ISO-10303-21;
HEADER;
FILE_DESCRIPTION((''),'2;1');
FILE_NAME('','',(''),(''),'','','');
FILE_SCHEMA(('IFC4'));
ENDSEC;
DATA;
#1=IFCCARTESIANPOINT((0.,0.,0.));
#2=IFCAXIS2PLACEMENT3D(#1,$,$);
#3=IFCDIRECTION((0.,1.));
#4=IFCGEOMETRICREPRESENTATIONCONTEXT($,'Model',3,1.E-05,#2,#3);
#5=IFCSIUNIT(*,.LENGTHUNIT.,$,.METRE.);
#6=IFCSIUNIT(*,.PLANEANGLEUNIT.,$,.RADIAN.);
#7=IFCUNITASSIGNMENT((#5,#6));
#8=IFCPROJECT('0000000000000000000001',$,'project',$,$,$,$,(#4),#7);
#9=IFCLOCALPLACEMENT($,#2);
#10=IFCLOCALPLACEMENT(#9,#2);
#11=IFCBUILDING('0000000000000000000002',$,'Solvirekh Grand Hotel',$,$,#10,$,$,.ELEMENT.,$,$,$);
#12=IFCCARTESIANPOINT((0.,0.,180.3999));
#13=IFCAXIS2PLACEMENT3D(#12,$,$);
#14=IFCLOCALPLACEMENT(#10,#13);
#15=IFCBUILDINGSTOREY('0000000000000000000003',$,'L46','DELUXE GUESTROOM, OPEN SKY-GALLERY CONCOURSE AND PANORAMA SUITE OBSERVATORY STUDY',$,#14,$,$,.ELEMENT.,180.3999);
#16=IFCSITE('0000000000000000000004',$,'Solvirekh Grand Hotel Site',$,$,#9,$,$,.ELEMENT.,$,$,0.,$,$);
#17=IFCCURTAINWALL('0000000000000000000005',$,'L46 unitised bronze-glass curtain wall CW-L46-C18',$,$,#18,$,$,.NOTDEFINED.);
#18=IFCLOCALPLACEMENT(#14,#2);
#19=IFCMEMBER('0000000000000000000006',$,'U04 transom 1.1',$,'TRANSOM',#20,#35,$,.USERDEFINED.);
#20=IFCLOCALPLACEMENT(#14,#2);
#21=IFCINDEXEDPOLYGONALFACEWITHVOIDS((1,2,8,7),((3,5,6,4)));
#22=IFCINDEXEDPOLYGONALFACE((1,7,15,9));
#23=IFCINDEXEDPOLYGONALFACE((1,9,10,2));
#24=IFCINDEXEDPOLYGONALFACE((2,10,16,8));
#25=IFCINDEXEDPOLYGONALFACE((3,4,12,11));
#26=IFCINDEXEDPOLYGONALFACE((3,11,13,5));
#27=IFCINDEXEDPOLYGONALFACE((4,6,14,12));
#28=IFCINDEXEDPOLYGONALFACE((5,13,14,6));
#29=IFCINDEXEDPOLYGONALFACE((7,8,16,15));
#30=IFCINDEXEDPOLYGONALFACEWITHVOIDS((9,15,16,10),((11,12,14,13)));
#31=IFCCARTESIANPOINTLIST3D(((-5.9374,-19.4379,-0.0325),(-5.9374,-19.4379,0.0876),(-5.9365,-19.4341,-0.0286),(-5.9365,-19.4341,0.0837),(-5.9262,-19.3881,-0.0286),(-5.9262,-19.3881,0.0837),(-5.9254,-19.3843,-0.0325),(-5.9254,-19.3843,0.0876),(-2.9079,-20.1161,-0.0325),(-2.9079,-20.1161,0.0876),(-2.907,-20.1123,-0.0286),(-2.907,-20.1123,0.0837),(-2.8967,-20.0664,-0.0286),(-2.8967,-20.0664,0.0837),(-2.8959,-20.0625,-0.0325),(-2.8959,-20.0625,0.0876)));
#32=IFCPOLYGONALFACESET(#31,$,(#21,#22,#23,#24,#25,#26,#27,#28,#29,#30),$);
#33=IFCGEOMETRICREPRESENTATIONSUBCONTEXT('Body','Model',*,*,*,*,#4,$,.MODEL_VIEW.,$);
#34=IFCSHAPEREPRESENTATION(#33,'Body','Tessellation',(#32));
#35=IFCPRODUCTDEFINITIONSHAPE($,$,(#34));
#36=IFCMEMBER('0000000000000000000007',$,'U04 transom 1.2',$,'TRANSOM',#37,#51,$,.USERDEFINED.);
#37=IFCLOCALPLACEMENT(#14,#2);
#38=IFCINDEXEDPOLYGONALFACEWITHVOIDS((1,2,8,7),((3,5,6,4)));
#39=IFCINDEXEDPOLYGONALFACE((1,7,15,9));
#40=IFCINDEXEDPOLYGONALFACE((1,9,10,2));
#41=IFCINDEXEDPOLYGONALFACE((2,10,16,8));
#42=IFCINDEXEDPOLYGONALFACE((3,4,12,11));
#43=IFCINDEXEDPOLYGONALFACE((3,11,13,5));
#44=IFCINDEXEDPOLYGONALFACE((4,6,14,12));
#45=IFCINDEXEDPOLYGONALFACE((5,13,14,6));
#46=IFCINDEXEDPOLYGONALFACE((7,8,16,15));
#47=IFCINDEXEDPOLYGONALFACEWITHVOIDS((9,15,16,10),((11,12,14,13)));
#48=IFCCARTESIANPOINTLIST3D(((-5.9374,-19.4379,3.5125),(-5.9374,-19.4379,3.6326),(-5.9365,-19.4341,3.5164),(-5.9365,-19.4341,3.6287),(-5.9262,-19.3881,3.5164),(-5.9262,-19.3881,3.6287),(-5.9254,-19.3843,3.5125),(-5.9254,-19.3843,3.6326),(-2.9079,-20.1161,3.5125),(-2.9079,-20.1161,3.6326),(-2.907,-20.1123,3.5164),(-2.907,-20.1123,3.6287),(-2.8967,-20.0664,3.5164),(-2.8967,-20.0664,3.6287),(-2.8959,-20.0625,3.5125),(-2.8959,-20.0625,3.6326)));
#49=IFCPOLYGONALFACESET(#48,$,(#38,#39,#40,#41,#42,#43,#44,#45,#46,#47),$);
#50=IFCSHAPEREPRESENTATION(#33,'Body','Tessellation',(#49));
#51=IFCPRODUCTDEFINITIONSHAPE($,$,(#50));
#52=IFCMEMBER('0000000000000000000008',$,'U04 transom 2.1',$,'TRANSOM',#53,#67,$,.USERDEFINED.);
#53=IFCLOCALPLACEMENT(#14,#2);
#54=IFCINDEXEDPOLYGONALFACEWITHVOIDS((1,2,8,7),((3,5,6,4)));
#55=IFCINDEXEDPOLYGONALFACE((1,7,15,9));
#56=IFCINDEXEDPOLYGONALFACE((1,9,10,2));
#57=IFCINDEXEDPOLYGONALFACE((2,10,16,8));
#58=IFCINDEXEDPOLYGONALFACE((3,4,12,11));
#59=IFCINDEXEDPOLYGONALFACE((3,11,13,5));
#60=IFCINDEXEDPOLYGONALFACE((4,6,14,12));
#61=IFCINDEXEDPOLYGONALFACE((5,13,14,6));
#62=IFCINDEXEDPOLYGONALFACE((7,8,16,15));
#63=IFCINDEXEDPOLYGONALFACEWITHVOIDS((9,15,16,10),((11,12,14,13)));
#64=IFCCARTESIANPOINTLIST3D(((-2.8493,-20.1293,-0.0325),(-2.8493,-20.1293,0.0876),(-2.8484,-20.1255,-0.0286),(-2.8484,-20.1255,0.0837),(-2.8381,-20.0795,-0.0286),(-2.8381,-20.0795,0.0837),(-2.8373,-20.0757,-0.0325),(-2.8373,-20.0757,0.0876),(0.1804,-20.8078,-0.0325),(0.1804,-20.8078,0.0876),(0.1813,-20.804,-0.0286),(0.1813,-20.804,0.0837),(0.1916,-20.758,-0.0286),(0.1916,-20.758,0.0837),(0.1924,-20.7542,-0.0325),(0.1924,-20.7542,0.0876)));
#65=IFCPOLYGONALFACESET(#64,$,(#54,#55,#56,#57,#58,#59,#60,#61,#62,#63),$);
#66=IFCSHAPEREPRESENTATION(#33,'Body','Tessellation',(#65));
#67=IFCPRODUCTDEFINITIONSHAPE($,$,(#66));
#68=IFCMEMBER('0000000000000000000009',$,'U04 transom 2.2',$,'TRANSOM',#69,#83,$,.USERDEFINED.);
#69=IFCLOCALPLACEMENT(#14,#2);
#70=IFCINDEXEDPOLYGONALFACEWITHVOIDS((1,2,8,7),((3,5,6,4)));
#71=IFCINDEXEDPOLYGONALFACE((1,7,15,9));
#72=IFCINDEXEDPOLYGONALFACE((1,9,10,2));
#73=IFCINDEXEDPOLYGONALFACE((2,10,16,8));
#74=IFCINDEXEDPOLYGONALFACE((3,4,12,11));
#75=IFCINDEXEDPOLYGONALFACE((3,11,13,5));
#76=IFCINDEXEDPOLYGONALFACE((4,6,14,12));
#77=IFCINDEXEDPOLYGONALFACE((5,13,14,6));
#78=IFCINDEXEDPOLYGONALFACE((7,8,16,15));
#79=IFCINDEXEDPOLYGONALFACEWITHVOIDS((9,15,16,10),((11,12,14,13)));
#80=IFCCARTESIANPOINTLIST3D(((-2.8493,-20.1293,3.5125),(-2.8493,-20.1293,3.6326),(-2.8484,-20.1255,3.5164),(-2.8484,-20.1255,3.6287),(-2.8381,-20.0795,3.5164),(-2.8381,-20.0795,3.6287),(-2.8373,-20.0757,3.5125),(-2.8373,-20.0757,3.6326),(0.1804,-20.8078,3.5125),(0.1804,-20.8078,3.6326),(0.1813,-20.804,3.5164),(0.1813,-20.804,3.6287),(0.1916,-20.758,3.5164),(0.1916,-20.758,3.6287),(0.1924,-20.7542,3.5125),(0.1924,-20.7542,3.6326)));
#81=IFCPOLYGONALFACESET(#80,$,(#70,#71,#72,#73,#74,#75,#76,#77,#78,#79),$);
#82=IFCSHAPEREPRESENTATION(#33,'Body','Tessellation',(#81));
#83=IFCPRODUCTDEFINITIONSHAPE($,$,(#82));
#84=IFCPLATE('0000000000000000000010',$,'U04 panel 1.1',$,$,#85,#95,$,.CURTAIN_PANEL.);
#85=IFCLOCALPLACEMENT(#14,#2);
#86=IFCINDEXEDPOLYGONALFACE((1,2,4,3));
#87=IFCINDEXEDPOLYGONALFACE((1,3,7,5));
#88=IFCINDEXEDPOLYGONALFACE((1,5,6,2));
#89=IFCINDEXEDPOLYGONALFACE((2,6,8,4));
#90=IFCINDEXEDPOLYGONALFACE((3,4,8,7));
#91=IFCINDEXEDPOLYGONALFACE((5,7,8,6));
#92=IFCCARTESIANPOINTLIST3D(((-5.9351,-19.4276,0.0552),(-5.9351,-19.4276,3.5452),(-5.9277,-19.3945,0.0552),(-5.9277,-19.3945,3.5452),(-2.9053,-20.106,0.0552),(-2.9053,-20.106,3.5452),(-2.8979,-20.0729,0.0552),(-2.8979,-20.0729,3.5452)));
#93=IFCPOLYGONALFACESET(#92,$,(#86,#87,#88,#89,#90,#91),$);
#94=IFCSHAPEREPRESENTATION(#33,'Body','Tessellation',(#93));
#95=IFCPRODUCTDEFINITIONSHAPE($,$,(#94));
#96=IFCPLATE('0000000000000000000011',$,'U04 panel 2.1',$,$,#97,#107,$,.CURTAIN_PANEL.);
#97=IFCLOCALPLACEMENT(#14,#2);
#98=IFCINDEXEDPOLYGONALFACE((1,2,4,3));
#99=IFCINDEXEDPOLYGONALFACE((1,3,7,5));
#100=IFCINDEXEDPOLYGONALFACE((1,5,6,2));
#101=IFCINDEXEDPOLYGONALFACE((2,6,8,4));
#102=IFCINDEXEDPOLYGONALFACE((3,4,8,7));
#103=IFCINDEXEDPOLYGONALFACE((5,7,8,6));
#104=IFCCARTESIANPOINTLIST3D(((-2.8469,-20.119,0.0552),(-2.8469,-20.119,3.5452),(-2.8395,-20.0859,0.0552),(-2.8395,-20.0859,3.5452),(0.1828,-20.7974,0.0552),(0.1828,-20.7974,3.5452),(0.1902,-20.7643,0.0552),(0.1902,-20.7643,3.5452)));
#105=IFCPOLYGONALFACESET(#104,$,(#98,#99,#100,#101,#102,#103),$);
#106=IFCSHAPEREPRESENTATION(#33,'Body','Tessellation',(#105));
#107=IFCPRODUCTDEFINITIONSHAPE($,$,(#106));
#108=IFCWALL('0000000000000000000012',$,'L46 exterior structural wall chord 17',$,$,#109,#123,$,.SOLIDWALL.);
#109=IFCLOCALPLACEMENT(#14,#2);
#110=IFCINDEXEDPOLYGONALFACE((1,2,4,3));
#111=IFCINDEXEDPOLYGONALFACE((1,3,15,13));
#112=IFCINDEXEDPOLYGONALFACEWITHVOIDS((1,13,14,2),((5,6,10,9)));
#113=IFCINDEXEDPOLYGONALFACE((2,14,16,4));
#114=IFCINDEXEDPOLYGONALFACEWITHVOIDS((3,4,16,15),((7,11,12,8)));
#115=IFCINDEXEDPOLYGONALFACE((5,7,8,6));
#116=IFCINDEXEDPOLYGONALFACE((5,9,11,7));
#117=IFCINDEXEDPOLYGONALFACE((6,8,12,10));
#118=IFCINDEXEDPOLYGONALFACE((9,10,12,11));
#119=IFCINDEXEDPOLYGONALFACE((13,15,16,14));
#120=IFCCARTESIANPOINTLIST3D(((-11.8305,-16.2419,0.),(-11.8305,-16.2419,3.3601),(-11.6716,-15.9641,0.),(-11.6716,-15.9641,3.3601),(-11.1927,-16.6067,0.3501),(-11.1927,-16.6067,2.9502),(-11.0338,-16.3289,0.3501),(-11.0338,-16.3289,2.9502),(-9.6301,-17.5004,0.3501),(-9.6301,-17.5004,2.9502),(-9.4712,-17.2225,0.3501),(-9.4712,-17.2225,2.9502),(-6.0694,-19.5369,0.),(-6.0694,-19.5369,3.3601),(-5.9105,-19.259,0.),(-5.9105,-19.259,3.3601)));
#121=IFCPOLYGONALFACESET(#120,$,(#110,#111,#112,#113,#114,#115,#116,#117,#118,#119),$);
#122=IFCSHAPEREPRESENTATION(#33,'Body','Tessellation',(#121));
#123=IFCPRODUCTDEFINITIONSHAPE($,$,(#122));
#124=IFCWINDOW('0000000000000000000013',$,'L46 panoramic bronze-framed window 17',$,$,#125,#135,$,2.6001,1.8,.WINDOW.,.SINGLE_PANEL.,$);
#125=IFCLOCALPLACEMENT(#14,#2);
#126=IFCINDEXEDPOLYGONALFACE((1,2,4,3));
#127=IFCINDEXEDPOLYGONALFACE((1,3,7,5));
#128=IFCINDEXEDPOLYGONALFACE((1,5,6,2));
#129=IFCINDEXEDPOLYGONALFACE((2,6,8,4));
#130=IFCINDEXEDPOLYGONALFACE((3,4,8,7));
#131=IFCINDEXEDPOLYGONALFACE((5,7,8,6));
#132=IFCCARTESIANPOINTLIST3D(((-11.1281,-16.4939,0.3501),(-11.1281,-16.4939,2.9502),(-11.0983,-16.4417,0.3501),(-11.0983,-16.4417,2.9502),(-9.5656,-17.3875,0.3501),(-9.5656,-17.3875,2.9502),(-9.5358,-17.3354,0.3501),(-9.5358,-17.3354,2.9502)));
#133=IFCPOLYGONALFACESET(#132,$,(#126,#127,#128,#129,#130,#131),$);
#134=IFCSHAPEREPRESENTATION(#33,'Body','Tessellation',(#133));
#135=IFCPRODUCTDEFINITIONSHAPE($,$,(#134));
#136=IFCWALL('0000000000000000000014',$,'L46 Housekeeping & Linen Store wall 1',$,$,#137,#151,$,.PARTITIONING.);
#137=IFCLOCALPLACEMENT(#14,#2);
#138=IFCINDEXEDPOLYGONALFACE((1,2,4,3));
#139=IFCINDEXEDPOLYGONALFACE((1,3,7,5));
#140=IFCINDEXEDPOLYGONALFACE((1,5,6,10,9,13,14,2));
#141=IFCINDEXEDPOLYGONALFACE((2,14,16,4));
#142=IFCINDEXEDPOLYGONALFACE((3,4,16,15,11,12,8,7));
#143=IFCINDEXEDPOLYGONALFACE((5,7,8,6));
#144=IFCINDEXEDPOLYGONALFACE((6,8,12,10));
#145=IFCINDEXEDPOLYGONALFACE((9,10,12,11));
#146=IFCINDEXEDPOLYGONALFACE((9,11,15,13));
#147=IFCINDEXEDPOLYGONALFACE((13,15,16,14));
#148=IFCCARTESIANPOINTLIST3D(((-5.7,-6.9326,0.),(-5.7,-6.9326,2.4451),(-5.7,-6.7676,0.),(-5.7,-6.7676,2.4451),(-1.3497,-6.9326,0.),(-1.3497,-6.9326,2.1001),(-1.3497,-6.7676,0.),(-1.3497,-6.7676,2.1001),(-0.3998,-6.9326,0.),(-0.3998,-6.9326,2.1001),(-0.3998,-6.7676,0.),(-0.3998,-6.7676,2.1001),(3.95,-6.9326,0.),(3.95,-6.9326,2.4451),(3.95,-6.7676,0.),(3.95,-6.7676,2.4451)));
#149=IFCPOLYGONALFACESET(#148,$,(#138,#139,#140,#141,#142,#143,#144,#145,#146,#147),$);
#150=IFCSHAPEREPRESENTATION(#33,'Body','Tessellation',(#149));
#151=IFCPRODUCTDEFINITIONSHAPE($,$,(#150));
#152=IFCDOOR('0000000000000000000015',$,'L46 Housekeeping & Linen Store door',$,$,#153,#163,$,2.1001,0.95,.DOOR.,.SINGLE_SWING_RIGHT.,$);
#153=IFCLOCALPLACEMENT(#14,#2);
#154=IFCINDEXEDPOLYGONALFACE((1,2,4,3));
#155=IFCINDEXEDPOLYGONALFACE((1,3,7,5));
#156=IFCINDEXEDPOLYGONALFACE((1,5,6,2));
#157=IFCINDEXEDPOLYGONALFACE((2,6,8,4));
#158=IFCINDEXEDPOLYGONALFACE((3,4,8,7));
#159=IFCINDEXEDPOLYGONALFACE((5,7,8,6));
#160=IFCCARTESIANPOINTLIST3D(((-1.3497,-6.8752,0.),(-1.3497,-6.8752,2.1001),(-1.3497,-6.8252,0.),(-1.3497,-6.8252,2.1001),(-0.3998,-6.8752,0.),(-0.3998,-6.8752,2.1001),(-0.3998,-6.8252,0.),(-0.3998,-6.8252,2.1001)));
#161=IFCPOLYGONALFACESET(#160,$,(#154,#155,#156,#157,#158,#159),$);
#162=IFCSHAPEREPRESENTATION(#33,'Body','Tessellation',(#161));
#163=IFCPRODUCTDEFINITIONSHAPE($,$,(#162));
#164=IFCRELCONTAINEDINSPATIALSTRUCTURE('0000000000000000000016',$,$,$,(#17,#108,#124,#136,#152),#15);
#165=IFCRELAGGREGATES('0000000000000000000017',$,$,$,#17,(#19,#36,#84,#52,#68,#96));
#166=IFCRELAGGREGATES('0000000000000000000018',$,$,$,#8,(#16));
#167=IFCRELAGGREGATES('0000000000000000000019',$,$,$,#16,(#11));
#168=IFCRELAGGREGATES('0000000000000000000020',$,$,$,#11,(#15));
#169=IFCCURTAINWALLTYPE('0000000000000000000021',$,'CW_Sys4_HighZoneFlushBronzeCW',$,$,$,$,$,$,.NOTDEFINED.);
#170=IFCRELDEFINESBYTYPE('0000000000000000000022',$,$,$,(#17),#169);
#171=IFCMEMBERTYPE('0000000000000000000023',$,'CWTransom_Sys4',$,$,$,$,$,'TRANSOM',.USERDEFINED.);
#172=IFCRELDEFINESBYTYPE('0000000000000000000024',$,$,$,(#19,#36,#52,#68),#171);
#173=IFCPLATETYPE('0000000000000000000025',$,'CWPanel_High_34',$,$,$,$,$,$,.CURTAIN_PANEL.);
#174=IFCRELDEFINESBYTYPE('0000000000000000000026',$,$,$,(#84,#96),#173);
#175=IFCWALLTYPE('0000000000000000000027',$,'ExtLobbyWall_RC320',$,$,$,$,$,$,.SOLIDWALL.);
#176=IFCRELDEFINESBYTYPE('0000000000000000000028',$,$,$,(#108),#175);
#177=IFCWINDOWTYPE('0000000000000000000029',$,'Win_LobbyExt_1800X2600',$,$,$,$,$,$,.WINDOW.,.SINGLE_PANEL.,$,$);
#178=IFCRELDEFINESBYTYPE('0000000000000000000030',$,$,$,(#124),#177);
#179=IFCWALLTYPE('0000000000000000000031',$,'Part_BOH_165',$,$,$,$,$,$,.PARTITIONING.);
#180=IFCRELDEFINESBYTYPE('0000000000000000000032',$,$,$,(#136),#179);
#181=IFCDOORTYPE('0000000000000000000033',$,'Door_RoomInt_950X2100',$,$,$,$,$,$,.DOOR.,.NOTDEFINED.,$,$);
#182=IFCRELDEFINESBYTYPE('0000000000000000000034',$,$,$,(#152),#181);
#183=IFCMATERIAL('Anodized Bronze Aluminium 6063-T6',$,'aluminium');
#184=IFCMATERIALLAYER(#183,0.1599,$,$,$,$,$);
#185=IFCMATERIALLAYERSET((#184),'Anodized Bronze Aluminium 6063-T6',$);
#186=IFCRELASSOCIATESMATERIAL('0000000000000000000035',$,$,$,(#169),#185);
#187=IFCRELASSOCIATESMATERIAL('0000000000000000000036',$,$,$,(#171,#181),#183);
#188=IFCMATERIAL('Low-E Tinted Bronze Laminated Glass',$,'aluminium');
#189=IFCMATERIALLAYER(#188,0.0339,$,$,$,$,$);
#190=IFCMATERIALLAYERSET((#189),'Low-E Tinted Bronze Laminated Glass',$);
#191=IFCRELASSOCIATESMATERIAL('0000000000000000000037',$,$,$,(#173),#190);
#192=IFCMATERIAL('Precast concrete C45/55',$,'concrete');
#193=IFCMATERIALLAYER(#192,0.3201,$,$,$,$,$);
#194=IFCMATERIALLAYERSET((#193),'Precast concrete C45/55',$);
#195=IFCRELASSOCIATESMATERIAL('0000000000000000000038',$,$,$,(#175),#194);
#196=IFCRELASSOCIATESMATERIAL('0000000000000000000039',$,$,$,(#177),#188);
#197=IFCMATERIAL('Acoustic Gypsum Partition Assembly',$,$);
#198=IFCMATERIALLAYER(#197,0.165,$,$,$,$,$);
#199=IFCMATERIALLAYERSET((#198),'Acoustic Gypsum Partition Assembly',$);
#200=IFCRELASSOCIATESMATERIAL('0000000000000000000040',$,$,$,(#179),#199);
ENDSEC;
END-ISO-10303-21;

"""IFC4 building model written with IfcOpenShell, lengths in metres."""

from ifc_helpers import new_model, si_unit, direction, frame, frame_2d, origin, origin_2d, place, context, subcontext, project, spatial, rectangle, hollow_rectangle, extrude, source, transform, mapped, material, layer, layer_set, material_profile, profile_set, type_object, element, fill, aggregate, save


model = new_model("IFC4")

# Units and contexts
model_context = context("Model", 3, precision=1e-05, world=origin(), true_north=direction((0.0, 1.0)))
body_context = subcontext(model_context, "Body", "Model", "MODEL_VIEW")
ifc_project = project(units=[si_unit("LENGTHUNIT", "METRE"), si_unit("PLANEANGLEUNIT", "RADIAN")], contexts=[model_context])

# Site, building, storey
site_placement = place(None, origin())
site = spatial("IfcSite", under=ifc_project, at=site_placement, Name="Solvirekh Grand Hotel Site", CompositionType="ELEMENT", RefElevation=0.0)
building_placement = place(site_placement, origin())
building = spatial("IfcBuilding", under=site, at=building_placement, Name="Solvirekh Grand Hotel", CompositionType="ELEMENT")
storey_placement = place(building_placement, frame((0.0, 0.0, 180.3999)))
storey = spatial("IfcBuildingStorey", under=building, at=storey_placement, Name="L46", Description="DELUXE GUESTROOM, OPEN SKY-GALLERY CONCOURSE AND PANORAMA SUITE OBSERVATORY STUDY", CompositionType="ELEMENT", Elevation=180.3999)

# Curtain wall, members, plates
ifc_material_1 = material(Name="Anodized Bronze Aluminium 6063-T6", Category="aluminium")
ifc_layer_1 = layer(ifc_material_1, 0.1599)
ifc_layer_set_1 = layer_set([ifc_layer_1], Name="Anodized Bronze Aluminium 6063-T6")
curtain_wall_type = type_object("IfcCurtainWallType", Name="CW_Sys4_HighZoneFlushBronzeCW", PredefinedType="NOTDEFINED", material=ifc_layer_set_1)
curtain_wall_placement = place(storey_placement, origin())
curtain_wall = element("IfcCurtainWall", 1, at=curtain_wall_placement, inside=storey, type_object=curtain_wall_type, Name="L46 unitised bronze-glass curtain wall CW-L46-C18", PredefinedType="NOTDEFINED")
ifc_material_profile_1 = material_profile(ifc_material_1, hollow_rectangle(XDim=0.0549, YDim=0.1201, WallThickness=0.0039, at=origin_2d()), Name="ALU RHS 120X55X4")
ifc_profile_set_1 = profile_set([ifc_material_profile_1], Name="Anodized Bronze Aluminium 6063-T6")
member_type_1 = type_object("IfcMemberType", Name="CWTransom_Sys4", ElementType="TRANSOM", PredefinedType="USERDEFINED", material=ifc_profile_set_1)
shared_shape_1 = source(origin(), body_context, "Body", "SweptSolid", [
    extrude(hollow_rectangle(XDim=0.0549, YDim=0.1201, WallThickness=0.0039, at=origin_2d()), origin(), (0.0, 0.0, 1.0), 3.1045),
])
member_1_placement = place(storey_placement, frame((-5.9314, -19.4111, 0.0276), z_axis=(0.975845, -0.218462, 0.0), x_axis=(0.218462, 0.975845, 0.0)))
member_1 = element("IfcMember", 2, at=member_1_placement, type_object=member_type_1, Name="U04 transom 1.1", ObjectType="TRANSOM", PredefinedType="USERDEFINED", context=body_context, shape_type="MappedRepresentation", body=[
    mapped(shared_shape_1, transform((0.0, 0.0, 0.0), x_axis=(1.0, 0.0, 0.0), y_axis=(0.0, 1.0, 0.0), z_axis=(0.0, 0.0, 1.0), scale=1.0)),
])
member_2_placement = place(storey_placement, frame((-5.9314, -19.4111, 3.5725), z_axis=(0.975845, -0.218462, 0.0), x_axis=(0.218462, 0.975845, 0.0)))
member_2 = element("IfcMember", 3, at=member_2_placement, type_object=member_type_1, Name="U04 transom 1.2", ObjectType="TRANSOM", PredefinedType="USERDEFINED", context=body_context, shape_type="MappedRepresentation", body=[
    mapped(shared_shape_1, transform((0.0, 0.0, 0.0), x_axis=(1.0, 0.0, 0.0), y_axis=(0.0, 1.0, 0.0), z_axis=(0.0, 0.0, 1.0), scale=1.0)),
])
shared_shape_2 = source(origin(), body_context, "Body", "SweptSolid", [
    extrude(hollow_rectangle(XDim=0.0549, YDim=0.1201, WallThickness=0.0039, at=origin_2d()), origin(), (0.0, 0.0, 1.0), 3.1047),
])
member_3_placement = place(storey_placement, frame((-2.8433, -20.1025, 0.0276), z_axis=(0.975832, -0.21852, 0.0), x_axis=(0.21852, 0.975832, 0.0)))
member_3 = element("IfcMember", 4, at=member_3_placement, type_object=member_type_1, Name="U04 transom 2.1", ObjectType="TRANSOM", PredefinedType="USERDEFINED", context=body_context, shape_type="MappedRepresentation", body=[
    mapped(shared_shape_2, transform((0.0, 0.0, 0.0), x_axis=(1.0, 0.0, 0.0), y_axis=(0.0, 1.0, 0.0), z_axis=(0.0, 0.0, 1.0), scale=1.0)),
])
member_4_placement = place(storey_placement, frame((-2.8433, -20.1025, 3.5725), z_axis=(0.975832, -0.21852, 0.0), x_axis=(0.21852, 0.975832, 0.0)))
member_4 = element("IfcMember", 5, at=member_4_placement, type_object=member_type_1, Name="U04 transom 2.2", ObjectType="TRANSOM", PredefinedType="USERDEFINED", context=body_context, shape_type="MappedRepresentation", body=[
    mapped(shared_shape_2, transform((0.0, 0.0, 0.0), x_axis=(1.0, 0.0, 0.0), y_axis=(0.0, 1.0, 0.0), z_axis=(0.0, 0.0, 1.0), scale=1.0)),
])
ifc_material_2 = material(Name="Low-E Tinted Bronze Laminated Glass", Category="aluminium")
ifc_layer_2 = layer(ifc_material_2, 0.0339)
ifc_layer_set_2 = layer_set([ifc_layer_2], Name="Low-E Tinted Bronze Laminated Glass")
plate_type = type_object("IfcPlateType", Name="CWPanel_High_34", PredefinedType="CURTAIN_PANEL", material=ifc_layer_set_2)
shared_shape_3 = source(origin(), body_context, "Body", "SweptSolid", [
    extrude(rectangle(XDim=3.1047, YDim=0.0339, at=origin_2d()), origin(), (0.0, 0.0, 1.0), 3.49),
])
plate_1_placement = place(storey_placement, frame((-4.4165, -19.7502, 0.0552), z_axis=(0.0, 0.0, 1.0), x_axis=(0.97584, -0.218488, 0.0)))
plate_1 = element("IfcPlate", 6, at=plate_1_placement, type_object=plate_type, Name="U04 panel 1.1", PredefinedType="CURTAIN_PANEL", context=body_context, shape_type="MappedRepresentation", body=[
    mapped(shared_shape_3, transform((0.0, 0.0, 0.0), x_axis=(1.0, 0.0, 0.0), y_axis=(0.0, 1.0, 0.0), z_axis=(0.0, 0.0, 1.0), scale=1.0)),
])
plate_2_placement = place(storey_placement, frame((-1.3284, -20.4417, 0.0552), z_axis=(0.0, 0.0, 1.0), x_axis=(0.97584, -0.218488, 0.0)))
plate_2 = element("IfcPlate", 7, at=plate_2_placement, type_object=plate_type, Name="U04 panel 2.1", PredefinedType="CURTAIN_PANEL", context=body_context, shape_type="MappedRepresentation", body=[
    mapped(shared_shape_3, transform((0.0, 0.0, 0.0), x_axis=(1.0, 0.0, 0.0), y_axis=(0.0, 1.0, 0.0), z_axis=(0.0, 0.0, 1.0), scale=1.0)),
])
aggregate(curtain_wall, [member_1, member_2, plate_1, member_3, member_4, plate_2])

# Wall, opening, window
ifc_material_3 = material(Name="Precast concrete C45/55", Category="concrete")
ifc_layer_3 = layer(ifc_material_3, 0.3201)
ifc_layer_set_3 = layer_set([ifc_layer_3], Name="Precast concrete C45/55")
wall_type_1 = type_object("IfcWallType", Name="ExtLobbyWall_RC320", PredefinedType="SOLIDWALL", material=ifc_layer_set_3)
wall_1_placement = place(storey_placement, frame((-5.99, -19.3979, 0.0), z_axis=(0.0, 0.0, 1.0), x_axis=(-0.868053, 0.496472, 0.0)))
wall_1 = element("IfcWall", 8, at=wall_1_placement, inside=storey, type_object=wall_type_1, Name="L46 exterior structural wall chord 17", PredefinedType="SOLIDWALL", context=body_context, shape_type="SweptSolid", body=[
    extrude(rectangle(XDim=6.6367, YDim=0.3201, at=frame_2d((3.3184, 0.0))), origin(), (0.0, 0.0, 1.0), 3.3601),
])
opening_1_placement = place(wall_1_placement, frame((4.1021, 0.0, 0.3501)))
opening_1 = element("IfcOpeningElement", 9, at=opening_1_placement, cuts=wall_1, PredefinedType="OPENING", context=body_context, shape_type="SweptSolid", body=[
    extrude(rectangle(XDim=1.8, YDim=2.6001, at=frame_2d((0.8999, 1.3))), frame((0.0, 0.1699, 0.0), z_axis=(0.0, -1.0, 0.0), x_axis=(1.0, 0.0, 0.0)), (0.0, 0.0, 1.0), 0.3401),
])
window_type = type_object("IfcWindowType", Name="Win_LobbyExt_1800X2600", PartitioningType="SINGLE_PANEL", PredefinedType="WINDOW", material=ifc_material_2)
window_placement = place(opening_1_placement, origin())
window = element("IfcWindow", 10, at=window_placement, inside=storey, type_object=window_type, Name="L46 panoramic bronze-framed window 17", OverallHeight=2.6001, OverallWidth=1.8, PartitioningType="SINGLE_PANEL", PredefinedType="WINDOW", context=body_context, shape_type="SweptSolid", body=[
    extrude(rectangle(XDim=1.8, YDim=2.6001, at=frame_2d((0.8999, 1.3))), frame((0.0, 0.03, 0.0), z_axis=(0.0, -1.0, 0.0), x_axis=(1.0, 0.0, 0.0)), (0.0, 0.0, 1.0), 0.0601),
])
fill(opening_1, window)

# Wall, opening, door
ifc_material_4 = material(Name="Acoustic Gypsum Partition Assembly")
ifc_layer_4 = layer(ifc_material_4, 0.165)
ifc_layer_set_4 = layer_set([ifc_layer_4], Name="Acoustic Gypsum Partition Assembly")
wall_type_2 = type_object("IfcWallType", Name="Part_BOH_165", PredefinedType="PARTITIONING", material=ifc_layer_set_4)
wall_2_placement = place(storey_placement, frame((-5.7, -6.8501, 0.0), z_axis=(0.0, 0.0, 1.0), x_axis=(1.0, 0.0, 0.0)))
wall_2 = element("IfcWall", 11, at=wall_2_placement, inside=storey, type_object=wall_type_2, Name="L46 Housekeeping & Linen Store wall 1", PredefinedType="PARTITIONING", context=body_context, shape_type="SweptSolid", body=[
    extrude(rectangle(XDim=9.6499, YDim=0.165, at=frame_2d((4.825, 0.0))), origin(), (0.0, 0.0, 1.0), 2.4451),
])
opening_2_placement = place(wall_2_placement, frame((4.3501, 0.0, 0.0)))
opening_2 = element("IfcOpeningElement", 12, at=opening_2_placement, cuts=wall_2, PredefinedType="OPENING", context=body_context, shape_type="SweptSolid", body=[
    extrude(rectangle(XDim=0.95, YDim=2.1001, at=frame_2d((0.4751, 1.05))), frame((0.0, 0.0925, 0.0), z_axis=(0.0, -1.0, 0.0), x_axis=(1.0, 0.0, 0.0)), (0.0, 0.0, 1.0), 0.1851),
])
door_type_1 = type_object("IfcDoorType", Name="Door_RoomInt_950X2100", OperationType="NOTDEFINED", PredefinedType="DOOR", material=ifc_material_1)
door_1_placement = place(opening_2_placement, origin())
door_1 = element("IfcDoor", 13, at=door_1_placement, inside=storey, type_object=door_type_1, Name="L46 Housekeeping & Linen Store door", OperationType="SINGLE_SWING_RIGHT", OverallHeight=2.1001, OverallWidth=0.95, PredefinedType="DOOR", context=body_context, shape_type="SweptSolid", body=[
    extrude(rectangle(XDim=0.95, YDim=2.1001, at=frame_2d((0.4751, 1.05))), frame((0.0, 0.0249, 0.0), z_axis=(0.0, -1.0, 0.0), x_axis=(1.0, 0.0, 0.0)), (0.0, 0.0, 1.0), 0.05),
])
fill(opening_2, door_1)

save(model, "model.ifc")
